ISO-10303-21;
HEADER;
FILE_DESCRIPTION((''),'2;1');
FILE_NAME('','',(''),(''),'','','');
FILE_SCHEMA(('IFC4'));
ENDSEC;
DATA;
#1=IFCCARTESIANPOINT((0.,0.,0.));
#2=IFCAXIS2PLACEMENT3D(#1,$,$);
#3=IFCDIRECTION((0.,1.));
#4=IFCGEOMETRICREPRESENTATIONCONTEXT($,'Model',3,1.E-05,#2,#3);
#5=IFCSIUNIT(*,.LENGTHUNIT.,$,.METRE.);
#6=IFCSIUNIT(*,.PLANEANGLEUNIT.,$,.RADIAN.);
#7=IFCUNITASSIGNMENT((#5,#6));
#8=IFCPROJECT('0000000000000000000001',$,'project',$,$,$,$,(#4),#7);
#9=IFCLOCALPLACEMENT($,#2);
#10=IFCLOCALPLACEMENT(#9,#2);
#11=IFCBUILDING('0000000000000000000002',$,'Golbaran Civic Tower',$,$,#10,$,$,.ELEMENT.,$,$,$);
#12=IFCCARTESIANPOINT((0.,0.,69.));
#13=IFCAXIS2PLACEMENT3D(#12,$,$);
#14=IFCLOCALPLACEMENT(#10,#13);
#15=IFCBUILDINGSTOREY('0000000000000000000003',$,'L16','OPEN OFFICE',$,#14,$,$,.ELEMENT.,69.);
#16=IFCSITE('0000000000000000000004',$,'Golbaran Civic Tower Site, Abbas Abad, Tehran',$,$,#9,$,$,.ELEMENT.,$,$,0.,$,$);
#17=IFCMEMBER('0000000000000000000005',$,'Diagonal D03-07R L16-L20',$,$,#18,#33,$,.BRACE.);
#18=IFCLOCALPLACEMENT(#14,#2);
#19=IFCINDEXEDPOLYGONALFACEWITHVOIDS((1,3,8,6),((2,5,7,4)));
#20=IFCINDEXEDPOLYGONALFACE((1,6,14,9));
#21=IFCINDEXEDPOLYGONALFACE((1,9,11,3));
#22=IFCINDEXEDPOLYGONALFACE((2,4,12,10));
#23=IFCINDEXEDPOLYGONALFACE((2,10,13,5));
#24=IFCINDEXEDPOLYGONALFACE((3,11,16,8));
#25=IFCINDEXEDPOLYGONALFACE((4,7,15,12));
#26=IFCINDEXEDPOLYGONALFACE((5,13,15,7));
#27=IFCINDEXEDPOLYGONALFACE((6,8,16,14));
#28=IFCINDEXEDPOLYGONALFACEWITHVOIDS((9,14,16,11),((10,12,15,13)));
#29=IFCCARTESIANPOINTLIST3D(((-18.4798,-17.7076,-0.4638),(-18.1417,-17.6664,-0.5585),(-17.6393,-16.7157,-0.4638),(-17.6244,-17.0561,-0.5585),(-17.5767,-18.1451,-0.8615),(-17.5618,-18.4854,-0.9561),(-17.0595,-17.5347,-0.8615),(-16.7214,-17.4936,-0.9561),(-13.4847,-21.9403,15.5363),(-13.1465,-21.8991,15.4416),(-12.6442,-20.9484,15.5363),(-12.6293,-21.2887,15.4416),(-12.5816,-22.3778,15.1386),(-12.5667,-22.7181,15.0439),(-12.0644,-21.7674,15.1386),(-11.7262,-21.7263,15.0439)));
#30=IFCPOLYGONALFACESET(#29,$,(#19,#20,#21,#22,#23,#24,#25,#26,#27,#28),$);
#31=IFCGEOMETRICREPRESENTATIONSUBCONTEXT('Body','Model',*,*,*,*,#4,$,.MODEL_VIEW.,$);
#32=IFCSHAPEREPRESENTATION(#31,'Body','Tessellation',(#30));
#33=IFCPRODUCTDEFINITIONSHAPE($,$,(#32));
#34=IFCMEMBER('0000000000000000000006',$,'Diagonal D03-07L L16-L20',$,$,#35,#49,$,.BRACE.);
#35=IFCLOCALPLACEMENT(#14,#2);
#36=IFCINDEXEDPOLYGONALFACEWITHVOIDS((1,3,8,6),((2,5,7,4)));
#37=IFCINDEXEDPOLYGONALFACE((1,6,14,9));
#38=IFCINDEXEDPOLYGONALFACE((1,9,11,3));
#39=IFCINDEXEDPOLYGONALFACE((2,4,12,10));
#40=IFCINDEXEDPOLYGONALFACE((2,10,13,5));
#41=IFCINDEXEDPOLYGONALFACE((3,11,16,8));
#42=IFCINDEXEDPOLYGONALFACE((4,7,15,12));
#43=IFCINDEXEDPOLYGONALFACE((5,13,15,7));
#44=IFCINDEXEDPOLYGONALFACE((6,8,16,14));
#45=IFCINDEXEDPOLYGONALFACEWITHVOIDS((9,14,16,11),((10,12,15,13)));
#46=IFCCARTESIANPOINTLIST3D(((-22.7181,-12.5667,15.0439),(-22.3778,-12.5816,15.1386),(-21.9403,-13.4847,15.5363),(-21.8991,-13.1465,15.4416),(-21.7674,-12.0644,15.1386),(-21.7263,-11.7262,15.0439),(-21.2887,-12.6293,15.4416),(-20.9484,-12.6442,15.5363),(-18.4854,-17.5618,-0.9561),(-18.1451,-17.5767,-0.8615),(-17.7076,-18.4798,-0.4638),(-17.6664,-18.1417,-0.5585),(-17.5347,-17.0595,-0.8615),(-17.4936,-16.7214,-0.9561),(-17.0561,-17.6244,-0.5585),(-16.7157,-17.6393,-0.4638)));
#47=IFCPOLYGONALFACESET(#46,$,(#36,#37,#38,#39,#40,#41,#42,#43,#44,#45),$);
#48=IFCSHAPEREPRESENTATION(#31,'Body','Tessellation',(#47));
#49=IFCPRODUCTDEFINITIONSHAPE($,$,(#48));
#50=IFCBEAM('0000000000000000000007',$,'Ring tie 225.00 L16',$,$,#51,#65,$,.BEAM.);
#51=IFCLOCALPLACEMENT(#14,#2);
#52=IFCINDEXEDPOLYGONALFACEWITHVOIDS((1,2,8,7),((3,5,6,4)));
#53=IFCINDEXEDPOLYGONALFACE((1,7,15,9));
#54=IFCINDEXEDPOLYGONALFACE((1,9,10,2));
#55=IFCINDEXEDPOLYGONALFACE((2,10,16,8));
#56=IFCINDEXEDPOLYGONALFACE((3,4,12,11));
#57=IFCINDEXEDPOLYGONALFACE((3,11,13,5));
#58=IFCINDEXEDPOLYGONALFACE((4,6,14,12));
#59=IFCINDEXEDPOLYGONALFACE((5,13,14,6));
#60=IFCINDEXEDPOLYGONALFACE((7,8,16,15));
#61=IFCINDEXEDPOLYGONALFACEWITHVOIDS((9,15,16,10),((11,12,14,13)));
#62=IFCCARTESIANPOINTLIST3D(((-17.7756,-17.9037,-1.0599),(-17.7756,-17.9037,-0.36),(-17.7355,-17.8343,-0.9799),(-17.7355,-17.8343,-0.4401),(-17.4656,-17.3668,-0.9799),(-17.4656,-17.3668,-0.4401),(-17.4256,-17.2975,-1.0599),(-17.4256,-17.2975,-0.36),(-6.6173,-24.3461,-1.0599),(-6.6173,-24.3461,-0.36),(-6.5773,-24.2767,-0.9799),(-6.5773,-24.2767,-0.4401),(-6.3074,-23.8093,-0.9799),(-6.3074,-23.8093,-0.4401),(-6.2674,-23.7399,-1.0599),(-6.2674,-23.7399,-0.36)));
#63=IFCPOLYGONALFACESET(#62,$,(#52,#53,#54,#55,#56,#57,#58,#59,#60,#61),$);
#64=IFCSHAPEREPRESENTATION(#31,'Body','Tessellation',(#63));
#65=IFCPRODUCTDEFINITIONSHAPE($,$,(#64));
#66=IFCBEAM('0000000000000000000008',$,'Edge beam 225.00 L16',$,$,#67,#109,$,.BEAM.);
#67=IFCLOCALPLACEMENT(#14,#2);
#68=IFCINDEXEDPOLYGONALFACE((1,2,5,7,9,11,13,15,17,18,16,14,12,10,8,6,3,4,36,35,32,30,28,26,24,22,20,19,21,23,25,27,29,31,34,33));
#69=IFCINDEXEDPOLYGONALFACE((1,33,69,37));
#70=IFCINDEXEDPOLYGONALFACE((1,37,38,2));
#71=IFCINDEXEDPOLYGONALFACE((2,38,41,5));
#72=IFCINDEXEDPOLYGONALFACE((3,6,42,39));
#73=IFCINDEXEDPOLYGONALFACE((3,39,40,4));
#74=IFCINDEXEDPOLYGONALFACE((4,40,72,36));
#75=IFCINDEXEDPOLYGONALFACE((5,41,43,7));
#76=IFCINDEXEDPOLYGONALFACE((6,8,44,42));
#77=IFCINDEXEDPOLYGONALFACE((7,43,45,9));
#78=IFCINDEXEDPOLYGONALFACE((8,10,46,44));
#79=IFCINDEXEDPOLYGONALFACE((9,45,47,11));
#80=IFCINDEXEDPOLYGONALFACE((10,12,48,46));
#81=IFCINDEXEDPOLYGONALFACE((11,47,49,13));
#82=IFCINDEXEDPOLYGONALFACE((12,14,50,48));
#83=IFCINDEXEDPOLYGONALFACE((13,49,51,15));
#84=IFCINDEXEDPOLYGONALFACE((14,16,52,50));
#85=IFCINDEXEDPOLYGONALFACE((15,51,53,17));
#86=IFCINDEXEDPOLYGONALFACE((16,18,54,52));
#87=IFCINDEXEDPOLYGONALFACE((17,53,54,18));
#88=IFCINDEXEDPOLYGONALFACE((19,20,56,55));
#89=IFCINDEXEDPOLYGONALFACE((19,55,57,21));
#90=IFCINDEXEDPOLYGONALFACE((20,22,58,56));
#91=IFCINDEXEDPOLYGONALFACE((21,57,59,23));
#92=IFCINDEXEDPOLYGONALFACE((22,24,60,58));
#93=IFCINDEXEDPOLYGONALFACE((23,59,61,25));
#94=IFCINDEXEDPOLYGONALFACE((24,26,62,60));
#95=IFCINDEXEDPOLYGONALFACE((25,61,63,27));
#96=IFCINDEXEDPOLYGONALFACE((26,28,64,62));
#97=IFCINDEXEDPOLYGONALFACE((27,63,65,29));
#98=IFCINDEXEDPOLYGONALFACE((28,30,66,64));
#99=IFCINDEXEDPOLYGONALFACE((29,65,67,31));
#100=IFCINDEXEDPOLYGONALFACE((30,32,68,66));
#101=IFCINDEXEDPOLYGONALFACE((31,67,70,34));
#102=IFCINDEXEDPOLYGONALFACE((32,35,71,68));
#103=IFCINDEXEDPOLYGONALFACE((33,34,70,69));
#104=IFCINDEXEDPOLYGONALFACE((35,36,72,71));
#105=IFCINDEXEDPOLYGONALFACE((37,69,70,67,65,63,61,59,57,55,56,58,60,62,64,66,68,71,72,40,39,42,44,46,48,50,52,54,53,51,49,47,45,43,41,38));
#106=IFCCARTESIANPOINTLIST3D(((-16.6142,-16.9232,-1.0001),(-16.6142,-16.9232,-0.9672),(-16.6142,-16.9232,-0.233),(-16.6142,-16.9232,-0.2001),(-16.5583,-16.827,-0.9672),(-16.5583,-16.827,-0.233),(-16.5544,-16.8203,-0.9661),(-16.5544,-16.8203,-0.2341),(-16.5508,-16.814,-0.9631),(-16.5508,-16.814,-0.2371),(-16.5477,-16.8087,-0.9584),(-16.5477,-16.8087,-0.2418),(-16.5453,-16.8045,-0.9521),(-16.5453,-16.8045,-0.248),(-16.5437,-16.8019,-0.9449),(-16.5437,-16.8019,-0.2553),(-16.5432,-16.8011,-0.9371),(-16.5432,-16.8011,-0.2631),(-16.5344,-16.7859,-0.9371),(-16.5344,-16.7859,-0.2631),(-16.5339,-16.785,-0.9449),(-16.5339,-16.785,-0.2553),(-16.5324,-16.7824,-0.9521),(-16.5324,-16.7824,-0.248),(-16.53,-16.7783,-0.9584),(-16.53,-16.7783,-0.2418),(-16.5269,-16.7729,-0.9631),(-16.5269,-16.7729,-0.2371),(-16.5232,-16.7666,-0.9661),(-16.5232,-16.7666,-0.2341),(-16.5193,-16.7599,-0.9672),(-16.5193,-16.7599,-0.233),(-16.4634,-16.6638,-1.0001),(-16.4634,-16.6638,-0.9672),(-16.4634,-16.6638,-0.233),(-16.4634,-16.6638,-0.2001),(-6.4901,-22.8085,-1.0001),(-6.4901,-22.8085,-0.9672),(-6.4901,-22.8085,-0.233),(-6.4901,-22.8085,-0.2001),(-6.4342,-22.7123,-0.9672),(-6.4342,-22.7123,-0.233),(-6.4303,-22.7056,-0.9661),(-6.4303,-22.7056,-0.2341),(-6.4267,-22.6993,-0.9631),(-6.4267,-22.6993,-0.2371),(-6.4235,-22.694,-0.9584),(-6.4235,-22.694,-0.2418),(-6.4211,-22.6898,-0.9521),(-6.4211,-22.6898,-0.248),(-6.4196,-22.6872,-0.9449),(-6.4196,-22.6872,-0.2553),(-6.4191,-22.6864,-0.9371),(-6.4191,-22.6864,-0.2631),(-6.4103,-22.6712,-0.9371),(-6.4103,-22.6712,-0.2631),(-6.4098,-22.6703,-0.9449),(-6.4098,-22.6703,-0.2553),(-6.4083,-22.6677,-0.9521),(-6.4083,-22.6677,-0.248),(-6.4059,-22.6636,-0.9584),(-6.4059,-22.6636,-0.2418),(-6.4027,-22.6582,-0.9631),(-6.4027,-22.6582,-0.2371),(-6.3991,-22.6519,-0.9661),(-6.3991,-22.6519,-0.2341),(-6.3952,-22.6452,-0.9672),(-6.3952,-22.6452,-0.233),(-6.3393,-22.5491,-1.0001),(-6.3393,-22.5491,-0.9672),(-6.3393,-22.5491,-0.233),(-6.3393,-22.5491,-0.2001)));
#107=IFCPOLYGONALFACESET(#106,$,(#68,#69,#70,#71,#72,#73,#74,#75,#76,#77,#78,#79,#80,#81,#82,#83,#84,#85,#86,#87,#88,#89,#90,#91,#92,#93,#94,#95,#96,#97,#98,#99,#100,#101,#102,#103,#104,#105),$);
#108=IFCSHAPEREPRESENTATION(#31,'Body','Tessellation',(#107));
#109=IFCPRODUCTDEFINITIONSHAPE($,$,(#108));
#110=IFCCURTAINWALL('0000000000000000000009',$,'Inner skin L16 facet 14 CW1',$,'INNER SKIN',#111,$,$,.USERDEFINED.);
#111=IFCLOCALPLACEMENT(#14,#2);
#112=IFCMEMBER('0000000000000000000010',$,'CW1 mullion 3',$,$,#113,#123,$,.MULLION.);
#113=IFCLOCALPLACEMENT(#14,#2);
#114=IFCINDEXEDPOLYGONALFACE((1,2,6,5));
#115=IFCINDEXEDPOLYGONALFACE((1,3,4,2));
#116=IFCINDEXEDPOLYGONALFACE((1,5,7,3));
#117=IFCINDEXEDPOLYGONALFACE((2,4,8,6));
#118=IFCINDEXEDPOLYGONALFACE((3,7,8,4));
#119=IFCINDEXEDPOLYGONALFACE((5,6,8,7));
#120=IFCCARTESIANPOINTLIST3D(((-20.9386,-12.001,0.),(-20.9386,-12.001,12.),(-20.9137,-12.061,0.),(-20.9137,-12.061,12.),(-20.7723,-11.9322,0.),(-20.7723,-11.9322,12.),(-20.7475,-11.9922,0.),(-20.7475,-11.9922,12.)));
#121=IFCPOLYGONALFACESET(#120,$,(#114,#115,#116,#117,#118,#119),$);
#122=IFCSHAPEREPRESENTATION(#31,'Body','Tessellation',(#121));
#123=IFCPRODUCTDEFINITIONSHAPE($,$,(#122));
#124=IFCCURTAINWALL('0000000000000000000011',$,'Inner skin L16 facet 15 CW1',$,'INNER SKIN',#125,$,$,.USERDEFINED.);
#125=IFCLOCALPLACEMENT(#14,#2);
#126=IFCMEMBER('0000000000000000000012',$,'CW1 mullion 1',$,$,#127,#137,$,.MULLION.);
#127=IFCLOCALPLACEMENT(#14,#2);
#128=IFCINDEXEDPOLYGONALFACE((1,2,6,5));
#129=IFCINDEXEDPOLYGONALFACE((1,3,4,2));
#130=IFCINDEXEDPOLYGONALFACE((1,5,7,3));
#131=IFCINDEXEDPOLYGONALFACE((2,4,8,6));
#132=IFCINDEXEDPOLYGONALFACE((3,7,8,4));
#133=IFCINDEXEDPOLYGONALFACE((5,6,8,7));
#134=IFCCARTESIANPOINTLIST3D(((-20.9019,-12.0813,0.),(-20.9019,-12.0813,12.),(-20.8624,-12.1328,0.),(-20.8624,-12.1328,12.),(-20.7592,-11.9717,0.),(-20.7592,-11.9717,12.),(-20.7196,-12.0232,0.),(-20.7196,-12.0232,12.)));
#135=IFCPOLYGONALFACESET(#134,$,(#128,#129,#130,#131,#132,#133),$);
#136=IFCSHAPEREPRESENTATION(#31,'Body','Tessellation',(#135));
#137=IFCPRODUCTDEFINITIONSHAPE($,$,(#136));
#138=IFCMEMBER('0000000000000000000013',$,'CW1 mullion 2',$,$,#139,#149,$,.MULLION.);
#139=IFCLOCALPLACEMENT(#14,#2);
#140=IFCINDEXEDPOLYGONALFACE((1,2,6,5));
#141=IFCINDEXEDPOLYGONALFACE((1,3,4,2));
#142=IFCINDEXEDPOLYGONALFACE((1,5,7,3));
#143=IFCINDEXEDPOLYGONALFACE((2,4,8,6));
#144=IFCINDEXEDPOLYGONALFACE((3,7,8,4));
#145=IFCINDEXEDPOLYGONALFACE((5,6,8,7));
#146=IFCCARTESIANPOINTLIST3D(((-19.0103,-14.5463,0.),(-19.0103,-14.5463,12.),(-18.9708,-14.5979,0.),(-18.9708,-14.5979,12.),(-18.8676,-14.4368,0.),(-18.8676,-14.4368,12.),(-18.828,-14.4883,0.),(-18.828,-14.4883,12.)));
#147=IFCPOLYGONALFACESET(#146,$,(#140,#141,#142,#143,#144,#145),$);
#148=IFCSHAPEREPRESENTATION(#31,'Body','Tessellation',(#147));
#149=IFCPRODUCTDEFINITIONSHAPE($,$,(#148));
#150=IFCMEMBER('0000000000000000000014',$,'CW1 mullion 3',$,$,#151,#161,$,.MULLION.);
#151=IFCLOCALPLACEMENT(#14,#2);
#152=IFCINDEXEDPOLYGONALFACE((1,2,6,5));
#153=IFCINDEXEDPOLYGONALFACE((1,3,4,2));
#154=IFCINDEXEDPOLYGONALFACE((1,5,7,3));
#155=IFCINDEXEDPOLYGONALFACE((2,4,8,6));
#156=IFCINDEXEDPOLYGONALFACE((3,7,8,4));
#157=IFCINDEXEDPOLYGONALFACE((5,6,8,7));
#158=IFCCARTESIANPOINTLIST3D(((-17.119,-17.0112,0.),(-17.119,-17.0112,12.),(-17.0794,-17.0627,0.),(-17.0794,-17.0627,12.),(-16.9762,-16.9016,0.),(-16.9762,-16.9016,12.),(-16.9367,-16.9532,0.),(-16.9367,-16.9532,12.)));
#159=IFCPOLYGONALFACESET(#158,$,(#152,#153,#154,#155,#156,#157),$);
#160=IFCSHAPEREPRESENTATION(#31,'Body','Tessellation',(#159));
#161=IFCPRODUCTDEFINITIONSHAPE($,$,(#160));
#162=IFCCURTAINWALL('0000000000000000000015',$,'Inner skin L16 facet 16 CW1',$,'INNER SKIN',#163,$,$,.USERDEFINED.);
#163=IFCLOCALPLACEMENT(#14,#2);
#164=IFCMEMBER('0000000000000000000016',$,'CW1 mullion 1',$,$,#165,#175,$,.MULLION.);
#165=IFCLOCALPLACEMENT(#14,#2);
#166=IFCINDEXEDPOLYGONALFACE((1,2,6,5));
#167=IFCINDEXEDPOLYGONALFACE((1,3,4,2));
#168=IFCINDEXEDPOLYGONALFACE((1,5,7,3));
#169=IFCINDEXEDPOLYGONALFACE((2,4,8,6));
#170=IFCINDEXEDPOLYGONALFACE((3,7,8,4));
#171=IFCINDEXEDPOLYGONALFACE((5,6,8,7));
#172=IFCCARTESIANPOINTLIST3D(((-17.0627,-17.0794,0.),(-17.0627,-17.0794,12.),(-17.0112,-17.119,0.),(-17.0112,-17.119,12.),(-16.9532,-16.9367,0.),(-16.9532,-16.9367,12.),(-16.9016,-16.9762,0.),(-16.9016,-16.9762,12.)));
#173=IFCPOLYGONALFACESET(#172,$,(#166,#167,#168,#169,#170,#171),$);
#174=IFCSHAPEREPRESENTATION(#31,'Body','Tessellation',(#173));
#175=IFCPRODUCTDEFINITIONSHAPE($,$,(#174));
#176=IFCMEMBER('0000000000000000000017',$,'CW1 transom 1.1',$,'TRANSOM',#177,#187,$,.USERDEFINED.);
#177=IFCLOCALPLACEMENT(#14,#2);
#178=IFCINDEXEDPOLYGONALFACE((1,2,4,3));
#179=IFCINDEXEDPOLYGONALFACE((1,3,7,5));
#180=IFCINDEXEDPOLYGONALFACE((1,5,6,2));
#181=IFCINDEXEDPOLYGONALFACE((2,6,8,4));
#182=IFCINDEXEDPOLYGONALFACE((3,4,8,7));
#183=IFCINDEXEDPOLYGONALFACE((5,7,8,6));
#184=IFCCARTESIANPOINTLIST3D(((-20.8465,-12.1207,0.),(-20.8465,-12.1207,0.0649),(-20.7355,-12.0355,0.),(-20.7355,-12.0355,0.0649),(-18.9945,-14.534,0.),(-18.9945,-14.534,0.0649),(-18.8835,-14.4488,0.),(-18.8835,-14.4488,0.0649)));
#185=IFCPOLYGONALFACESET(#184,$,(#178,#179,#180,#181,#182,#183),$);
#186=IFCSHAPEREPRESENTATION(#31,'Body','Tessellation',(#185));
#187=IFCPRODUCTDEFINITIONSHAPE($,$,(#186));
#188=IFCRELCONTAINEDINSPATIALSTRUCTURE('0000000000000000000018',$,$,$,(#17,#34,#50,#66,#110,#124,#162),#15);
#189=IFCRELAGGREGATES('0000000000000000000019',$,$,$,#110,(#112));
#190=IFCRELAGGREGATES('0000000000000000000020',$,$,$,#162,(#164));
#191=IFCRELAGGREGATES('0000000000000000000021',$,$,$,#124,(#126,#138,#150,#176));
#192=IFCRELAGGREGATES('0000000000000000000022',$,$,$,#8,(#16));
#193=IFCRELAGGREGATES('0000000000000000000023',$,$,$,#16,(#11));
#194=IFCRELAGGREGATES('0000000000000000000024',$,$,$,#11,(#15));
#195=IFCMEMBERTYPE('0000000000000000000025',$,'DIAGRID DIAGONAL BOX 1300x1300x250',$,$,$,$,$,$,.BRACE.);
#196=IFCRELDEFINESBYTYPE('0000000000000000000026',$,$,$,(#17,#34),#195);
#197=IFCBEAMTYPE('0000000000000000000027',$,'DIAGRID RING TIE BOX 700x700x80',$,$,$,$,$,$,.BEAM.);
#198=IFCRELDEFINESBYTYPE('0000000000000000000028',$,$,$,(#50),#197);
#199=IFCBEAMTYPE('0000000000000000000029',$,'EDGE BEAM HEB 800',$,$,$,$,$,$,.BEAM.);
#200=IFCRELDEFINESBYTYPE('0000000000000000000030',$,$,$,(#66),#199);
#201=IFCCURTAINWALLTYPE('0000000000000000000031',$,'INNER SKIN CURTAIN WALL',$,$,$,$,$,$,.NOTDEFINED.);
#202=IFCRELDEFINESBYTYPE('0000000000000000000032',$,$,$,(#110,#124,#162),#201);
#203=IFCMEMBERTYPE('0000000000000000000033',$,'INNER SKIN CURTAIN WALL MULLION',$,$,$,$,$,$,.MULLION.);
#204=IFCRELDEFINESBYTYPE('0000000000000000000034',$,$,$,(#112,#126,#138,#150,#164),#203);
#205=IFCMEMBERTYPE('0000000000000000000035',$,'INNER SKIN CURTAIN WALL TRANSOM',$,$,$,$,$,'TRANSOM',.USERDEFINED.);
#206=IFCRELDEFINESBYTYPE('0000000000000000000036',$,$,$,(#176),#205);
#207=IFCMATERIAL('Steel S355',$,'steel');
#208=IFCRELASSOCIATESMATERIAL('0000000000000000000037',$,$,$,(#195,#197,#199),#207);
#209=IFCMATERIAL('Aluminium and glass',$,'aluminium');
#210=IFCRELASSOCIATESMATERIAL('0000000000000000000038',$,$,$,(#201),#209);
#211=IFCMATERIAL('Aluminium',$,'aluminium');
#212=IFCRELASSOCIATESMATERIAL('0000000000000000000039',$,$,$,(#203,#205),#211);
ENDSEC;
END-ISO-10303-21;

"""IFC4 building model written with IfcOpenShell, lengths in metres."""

from ifc_helpers import new_model, si_unit, direction, frame, origin, origin_2d, place, context, subcontext, project, spatial, rectangle, hollow_rectangle, i_section, extrude, material, material_profile, profile_set, type_object, element, aggregate, save


model = new_model("IFC4")

# Units and contexts
model_context = context("Model", 3, precision=1e-05, world=origin(), true_north=direction((0.0, 1.0)))
body_context = subcontext(model_context, "Body", "Model", "MODEL_VIEW")
ifc_project = project(units=[si_unit("LENGTHUNIT", "METRE"), si_unit("PLANEANGLEUNIT", "RADIAN")], contexts=[model_context])

# Site, building, storey
site_placement = place(None, origin())
site = spatial("IfcSite", under=ifc_project, at=site_placement, Name="Golbaran Civic Tower Site, Abbas Abad, Tehran", CompositionType="ELEMENT", RefElevation=0.0)
building_placement = place(site_placement, origin())
building = spatial("IfcBuilding", under=site, at=building_placement, Name="Golbaran Civic Tower", CompositionType="ELEMENT")
storey_placement = place(building_placement, frame((0.0, 0.0, 69.0)))
storey = spatial("IfcBuildingStorey", under=building, at=storey_placement, Name="L16", Description="OPEN OFFICE", CompositionType="ELEMENT", Elevation=69.0)

# Members
ifc_material_1 = material(Name="Steel S355", Category="steel")
ifc_material_profile_1 = material_profile(ifc_material_1, hollow_rectangle(XDim=1.3, YDim=1.3, WallThickness=0.25, at=origin_2d()), Name="BOX 1300x1300x250")
ifc_profile_set_1 = profile_set([ifc_material_profile_1], Name="Steel S355")
member_type_1 = type_object("IfcMemberType", Name="DIAGRID DIAGONAL BOX 1300x1300x250", PredefinedType="BRACE", material=ifc_profile_set_1)
for number, where, z_axis, x_axis, name in (
    (1, (-17.6006, -17.6006, -0.71), (0.28894, -0.244836, 0.92551), (0.646479, 0.762932, 0.0), "Diagonal D03-07R L16-L20"),
    (2, (-17.6006, -17.6006, -0.71), (-0.244836, 0.28894, 0.92551), (-0.762932, -0.646479, 0.0), "Diagonal D03-07L L16-L20"),
):
    element("IfcMember", number, at=place(storey_placement, frame(where, z_axis=z_axis, x_axis=x_axis)), inside=storey, type_object=member_type_1, Name=name, PredefinedType="BRACE", context=body_context, shape_type="SweptSolid", body=[
        extrude(hollow_rectangle(XDim=1.3, YDim=1.3, WallThickness=0.25, at=origin_2d()), origin(), (0.0, 0.0, 1.0), 17.2878),
    ])

# Beams
ifc_material_profile_2 = material_profile(ifc_material_1, hollow_rectangle(XDim=0.7, YDim=0.7, WallThickness=0.0801, at=origin_2d()), Name="BOX 700x700x80")
ifc_profile_set_2 = profile_set([ifc_material_profile_2], Name="Steel S355")
beam_type_1 = type_object("IfcBeamType", Name="DIAGRID RING TIE BOX 700x700x80", PredefinedType="BEAM", material=ifc_profile_set_2)
beam_1_placement = place(storey_placement, frame((-17.6006, -17.6006, -0.71), z_axis=(0.866019, -0.500011, 0.0), x_axis=(0.500011, 0.866019, 0.0)))
element("IfcBeam", 3, at=beam_1_placement, inside=storey, type_object=beam_type_1, Name="Ring tie 225.00 L16", PredefinedType="BEAM", context=body_context, shape_type="SweptSolid", body=[
    extrude(hollow_rectangle(XDim=0.7, YDim=0.7, WallThickness=0.0801, at=origin_2d()), origin(), (0.0, 0.0, 1.0), 12.8845),
])
ifc_material_profile_3 = material_profile(ifc_material_1, i_section(OverallWidth=0.3, OverallDepth=0.8, WebThickness=0.0176, FlangeThickness=0.033, FilletRadius=0.03, at=origin_2d()), Name="HEB 800")
ifc_profile_set_3 = profile_set([ifc_material_profile_3], Name="Steel S355")
beam_type_2 = type_object("IfcBeamType", Name="EDGE BEAM HEB 800", PredefinedType="BEAM", material=ifc_profile_set_3)
beam_2_placement = place(storey_placement, frame((-16.5388, -16.7935, -0.6001), z_axis=(0.864537, -0.502569, 0.0), x_axis=(0.502569, 0.864537, 0.0)))
element("IfcBeam", 4, at=beam_2_placement, inside=storey, type_object=beam_type_2, Name="Edge beam 225.00 L16", PredefinedType="BEAM", context=body_context, shape_type="SweptSolid", body=[
    extrude(i_section(OverallWidth=0.3, OverallDepth=0.8, WebThickness=0.0176, FlangeThickness=0.033, FilletRadius=0.03, at=origin_2d()), origin(), (0.0, 0.0, 1.0), 11.7104),
])

# Curtain wall, member
ifc_material_2 = material(Name="Aluminium and glass", Category="aluminium")
curtain_wall_type_1 = type_object("IfcCurtainWallType", Name="INNER SKIN CURTAIN WALL", PredefinedType="NOTDEFINED", material=ifc_material_2)
curtain_wall_1_placement = place(storey_placement, origin())
curtain_wall_1 = element("IfcCurtainWall", 5, at=curtain_wall_1_placement, inside=storey, type_object=curtain_wall_type_1, Name="Inner skin L16 facet 14 CW1", ObjectType="INNER SKIN", PredefinedType="USERDEFINED")
ifc_material_3 = material(Name="Aluminium", Category="aluminium")
ifc_material_profile_4 = material_profile(ifc_material_3, rectangle(XDim=0.1799, YDim=0.0649, at=origin_2d()), Name="INNER SKIN CURTAIN WALL MULLION")
ifc_profile_set_4 = profile_set([ifc_material_profile_4], Name="Aluminium")
member_type_2 = type_object("IfcMemberType", Name="INNER SKIN CURTAIN WALL MULLION", PredefinedType="MULLION", material=ifc_profile_set_4)
member_1_placement = place(storey_placement, frame((-20.843, -11.9966, 0.0), z_axis=(0.0, 0.0, 1.0), x_axis=(0.92388, 0.382683, 0.0)))
member_1 = element("IfcMember", 6, at=member_1_placement, type_object=member_type_2, Name="CW1 mullion 3", PredefinedType="MULLION", context=body_context, shape_type="SweptSolid", body=[
    extrude(rectangle(XDim=0.1799, YDim=0.0649, at=origin_2d()), origin(), (0.0, 0.0, 1.0), 12.0),
])

# Curtain wall, members
curtain_wall_2_placement = place(storey_placement, origin())
curtain_wall_2 = element("IfcCurtainWall", 7, at=curtain_wall_2_placement, inside=storey, type_object=curtain_wall_type_1, Name="Inner skin L16 facet 15 CW1", ObjectType="INNER SKIN", PredefinedType="USERDEFINED")
member_2_placement = place(storey_placement, frame((-20.8108, -12.0522, 0.0), z_axis=(0.0, 0.0, 1.0), x_axis=(0.793353, 0.608761, 0.0)))
member_2 = element("IfcMember", 8, at=member_2_placement, type_object=member_type_2, Name="CW1 mullion 1", PredefinedType="MULLION", context=body_context, shape_type="SweptSolid", body=[
    extrude(rectangle(XDim=0.1799, YDim=0.0649, at=origin_2d()), origin(), (0.0, 0.0, 1.0), 12.0),
])
member_3_placement = place(storey_placement, frame((-18.9192, -14.5173, 0.0), z_axis=(0.0, 0.0, 1.0), x_axis=(0.793353, 0.608761, 0.0)))
member_3 = element("IfcMember", 9, at=member_3_placement, type_object=member_type_2, Name="CW1 mullion 2", PredefinedType="MULLION", context=body_context, shape_type="SweptSolid", body=[
    extrude(rectangle(XDim=0.1799, YDim=0.0649, at=origin_2d()), origin(), (0.0, 0.0, 1.0), 12.0),
])
member_4_placement = place(storey_placement, frame((-17.0278, -16.9822, 0.0), z_axis=(0.0, 0.0, 1.0), x_axis=(0.793353, 0.608761, 0.0)))
member_4 = element("IfcMember", 10, at=member_4_placement, type_object=member_type_2, Name="CW1 mullion 3", PredefinedType="MULLION", context=body_context, shape_type="SweptSolid", body=[
    extrude(rectangle(XDim=0.1799, YDim=0.0649, at=origin_2d()), origin(), (0.0, 0.0, 1.0), 12.0),
])

# Curtain wall, member
curtain_wall_3_placement = place(storey_placement, origin())
curtain_wall_3 = element("IfcCurtainWall", 11, at=curtain_wall_3_placement, inside=storey, type_object=curtain_wall_type_1, Name="Inner skin L16 facet 16 CW1", ObjectType="INNER SKIN", PredefinedType="USERDEFINED")
member_5_placement = place(storey_placement, frame((-16.9822, -17.0278, 0.0), z_axis=(0.0, 0.0, 1.0), x_axis=(0.608761, 0.793353, 0.0)))
member_5 = element("IfcMember", 12, at=member_5_placement, type_object=member_type_2, Name="CW1 mullion 1", PredefinedType="MULLION", context=body_context, shape_type="SweptSolid", body=[
    extrude(rectangle(XDim=0.1799, YDim=0.0649, at=origin_2d()), origin(), (0.0, 0.0, 1.0), 12.0),
])

# Member
ifc_material_profile_5 = material_profile(ifc_material_3, rectangle(XDim=0.1399, YDim=0.0649, at=origin_2d()), Name="INNER SKIN CURTAIN WALL TRANSOM")
ifc_profile_set_5 = profile_set([ifc_material_profile_5], Name="Aluminium")
member_type_3 = type_object("IfcMemberType", Name="INNER SKIN CURTAIN WALL TRANSOM", ElementType="TRANSOM", PredefinedType="USERDEFINED", material=ifc_profile_set_5)
member_6_placement = place(storey_placement, frame((-20.791, -12.0781, 0.0325), z_axis=(0.608811, -0.793316, 0.0), x_axis=(0.793316, 0.608811, 0.0)))
member_6 = element("IfcMember", 13, at=member_6_placement, type_object=member_type_3, Name="CW1 transom 1.1", ObjectType="TRANSOM", PredefinedType="USERDEFINED", context=body_context, shape_type="SweptSolid", body=[
    extrude(rectangle(XDim=0.1399, YDim=0.0649, at=origin_2d()), origin(), (0.0, 0.0, 1.0), 3.042),
])

aggregate(curtain_wall_1, [member_1])
aggregate(curtain_wall_3, [member_5])
aggregate(curtain_wall_2, [member_2, member_3, member_4, member_6])

save(model, "model.ifc")
